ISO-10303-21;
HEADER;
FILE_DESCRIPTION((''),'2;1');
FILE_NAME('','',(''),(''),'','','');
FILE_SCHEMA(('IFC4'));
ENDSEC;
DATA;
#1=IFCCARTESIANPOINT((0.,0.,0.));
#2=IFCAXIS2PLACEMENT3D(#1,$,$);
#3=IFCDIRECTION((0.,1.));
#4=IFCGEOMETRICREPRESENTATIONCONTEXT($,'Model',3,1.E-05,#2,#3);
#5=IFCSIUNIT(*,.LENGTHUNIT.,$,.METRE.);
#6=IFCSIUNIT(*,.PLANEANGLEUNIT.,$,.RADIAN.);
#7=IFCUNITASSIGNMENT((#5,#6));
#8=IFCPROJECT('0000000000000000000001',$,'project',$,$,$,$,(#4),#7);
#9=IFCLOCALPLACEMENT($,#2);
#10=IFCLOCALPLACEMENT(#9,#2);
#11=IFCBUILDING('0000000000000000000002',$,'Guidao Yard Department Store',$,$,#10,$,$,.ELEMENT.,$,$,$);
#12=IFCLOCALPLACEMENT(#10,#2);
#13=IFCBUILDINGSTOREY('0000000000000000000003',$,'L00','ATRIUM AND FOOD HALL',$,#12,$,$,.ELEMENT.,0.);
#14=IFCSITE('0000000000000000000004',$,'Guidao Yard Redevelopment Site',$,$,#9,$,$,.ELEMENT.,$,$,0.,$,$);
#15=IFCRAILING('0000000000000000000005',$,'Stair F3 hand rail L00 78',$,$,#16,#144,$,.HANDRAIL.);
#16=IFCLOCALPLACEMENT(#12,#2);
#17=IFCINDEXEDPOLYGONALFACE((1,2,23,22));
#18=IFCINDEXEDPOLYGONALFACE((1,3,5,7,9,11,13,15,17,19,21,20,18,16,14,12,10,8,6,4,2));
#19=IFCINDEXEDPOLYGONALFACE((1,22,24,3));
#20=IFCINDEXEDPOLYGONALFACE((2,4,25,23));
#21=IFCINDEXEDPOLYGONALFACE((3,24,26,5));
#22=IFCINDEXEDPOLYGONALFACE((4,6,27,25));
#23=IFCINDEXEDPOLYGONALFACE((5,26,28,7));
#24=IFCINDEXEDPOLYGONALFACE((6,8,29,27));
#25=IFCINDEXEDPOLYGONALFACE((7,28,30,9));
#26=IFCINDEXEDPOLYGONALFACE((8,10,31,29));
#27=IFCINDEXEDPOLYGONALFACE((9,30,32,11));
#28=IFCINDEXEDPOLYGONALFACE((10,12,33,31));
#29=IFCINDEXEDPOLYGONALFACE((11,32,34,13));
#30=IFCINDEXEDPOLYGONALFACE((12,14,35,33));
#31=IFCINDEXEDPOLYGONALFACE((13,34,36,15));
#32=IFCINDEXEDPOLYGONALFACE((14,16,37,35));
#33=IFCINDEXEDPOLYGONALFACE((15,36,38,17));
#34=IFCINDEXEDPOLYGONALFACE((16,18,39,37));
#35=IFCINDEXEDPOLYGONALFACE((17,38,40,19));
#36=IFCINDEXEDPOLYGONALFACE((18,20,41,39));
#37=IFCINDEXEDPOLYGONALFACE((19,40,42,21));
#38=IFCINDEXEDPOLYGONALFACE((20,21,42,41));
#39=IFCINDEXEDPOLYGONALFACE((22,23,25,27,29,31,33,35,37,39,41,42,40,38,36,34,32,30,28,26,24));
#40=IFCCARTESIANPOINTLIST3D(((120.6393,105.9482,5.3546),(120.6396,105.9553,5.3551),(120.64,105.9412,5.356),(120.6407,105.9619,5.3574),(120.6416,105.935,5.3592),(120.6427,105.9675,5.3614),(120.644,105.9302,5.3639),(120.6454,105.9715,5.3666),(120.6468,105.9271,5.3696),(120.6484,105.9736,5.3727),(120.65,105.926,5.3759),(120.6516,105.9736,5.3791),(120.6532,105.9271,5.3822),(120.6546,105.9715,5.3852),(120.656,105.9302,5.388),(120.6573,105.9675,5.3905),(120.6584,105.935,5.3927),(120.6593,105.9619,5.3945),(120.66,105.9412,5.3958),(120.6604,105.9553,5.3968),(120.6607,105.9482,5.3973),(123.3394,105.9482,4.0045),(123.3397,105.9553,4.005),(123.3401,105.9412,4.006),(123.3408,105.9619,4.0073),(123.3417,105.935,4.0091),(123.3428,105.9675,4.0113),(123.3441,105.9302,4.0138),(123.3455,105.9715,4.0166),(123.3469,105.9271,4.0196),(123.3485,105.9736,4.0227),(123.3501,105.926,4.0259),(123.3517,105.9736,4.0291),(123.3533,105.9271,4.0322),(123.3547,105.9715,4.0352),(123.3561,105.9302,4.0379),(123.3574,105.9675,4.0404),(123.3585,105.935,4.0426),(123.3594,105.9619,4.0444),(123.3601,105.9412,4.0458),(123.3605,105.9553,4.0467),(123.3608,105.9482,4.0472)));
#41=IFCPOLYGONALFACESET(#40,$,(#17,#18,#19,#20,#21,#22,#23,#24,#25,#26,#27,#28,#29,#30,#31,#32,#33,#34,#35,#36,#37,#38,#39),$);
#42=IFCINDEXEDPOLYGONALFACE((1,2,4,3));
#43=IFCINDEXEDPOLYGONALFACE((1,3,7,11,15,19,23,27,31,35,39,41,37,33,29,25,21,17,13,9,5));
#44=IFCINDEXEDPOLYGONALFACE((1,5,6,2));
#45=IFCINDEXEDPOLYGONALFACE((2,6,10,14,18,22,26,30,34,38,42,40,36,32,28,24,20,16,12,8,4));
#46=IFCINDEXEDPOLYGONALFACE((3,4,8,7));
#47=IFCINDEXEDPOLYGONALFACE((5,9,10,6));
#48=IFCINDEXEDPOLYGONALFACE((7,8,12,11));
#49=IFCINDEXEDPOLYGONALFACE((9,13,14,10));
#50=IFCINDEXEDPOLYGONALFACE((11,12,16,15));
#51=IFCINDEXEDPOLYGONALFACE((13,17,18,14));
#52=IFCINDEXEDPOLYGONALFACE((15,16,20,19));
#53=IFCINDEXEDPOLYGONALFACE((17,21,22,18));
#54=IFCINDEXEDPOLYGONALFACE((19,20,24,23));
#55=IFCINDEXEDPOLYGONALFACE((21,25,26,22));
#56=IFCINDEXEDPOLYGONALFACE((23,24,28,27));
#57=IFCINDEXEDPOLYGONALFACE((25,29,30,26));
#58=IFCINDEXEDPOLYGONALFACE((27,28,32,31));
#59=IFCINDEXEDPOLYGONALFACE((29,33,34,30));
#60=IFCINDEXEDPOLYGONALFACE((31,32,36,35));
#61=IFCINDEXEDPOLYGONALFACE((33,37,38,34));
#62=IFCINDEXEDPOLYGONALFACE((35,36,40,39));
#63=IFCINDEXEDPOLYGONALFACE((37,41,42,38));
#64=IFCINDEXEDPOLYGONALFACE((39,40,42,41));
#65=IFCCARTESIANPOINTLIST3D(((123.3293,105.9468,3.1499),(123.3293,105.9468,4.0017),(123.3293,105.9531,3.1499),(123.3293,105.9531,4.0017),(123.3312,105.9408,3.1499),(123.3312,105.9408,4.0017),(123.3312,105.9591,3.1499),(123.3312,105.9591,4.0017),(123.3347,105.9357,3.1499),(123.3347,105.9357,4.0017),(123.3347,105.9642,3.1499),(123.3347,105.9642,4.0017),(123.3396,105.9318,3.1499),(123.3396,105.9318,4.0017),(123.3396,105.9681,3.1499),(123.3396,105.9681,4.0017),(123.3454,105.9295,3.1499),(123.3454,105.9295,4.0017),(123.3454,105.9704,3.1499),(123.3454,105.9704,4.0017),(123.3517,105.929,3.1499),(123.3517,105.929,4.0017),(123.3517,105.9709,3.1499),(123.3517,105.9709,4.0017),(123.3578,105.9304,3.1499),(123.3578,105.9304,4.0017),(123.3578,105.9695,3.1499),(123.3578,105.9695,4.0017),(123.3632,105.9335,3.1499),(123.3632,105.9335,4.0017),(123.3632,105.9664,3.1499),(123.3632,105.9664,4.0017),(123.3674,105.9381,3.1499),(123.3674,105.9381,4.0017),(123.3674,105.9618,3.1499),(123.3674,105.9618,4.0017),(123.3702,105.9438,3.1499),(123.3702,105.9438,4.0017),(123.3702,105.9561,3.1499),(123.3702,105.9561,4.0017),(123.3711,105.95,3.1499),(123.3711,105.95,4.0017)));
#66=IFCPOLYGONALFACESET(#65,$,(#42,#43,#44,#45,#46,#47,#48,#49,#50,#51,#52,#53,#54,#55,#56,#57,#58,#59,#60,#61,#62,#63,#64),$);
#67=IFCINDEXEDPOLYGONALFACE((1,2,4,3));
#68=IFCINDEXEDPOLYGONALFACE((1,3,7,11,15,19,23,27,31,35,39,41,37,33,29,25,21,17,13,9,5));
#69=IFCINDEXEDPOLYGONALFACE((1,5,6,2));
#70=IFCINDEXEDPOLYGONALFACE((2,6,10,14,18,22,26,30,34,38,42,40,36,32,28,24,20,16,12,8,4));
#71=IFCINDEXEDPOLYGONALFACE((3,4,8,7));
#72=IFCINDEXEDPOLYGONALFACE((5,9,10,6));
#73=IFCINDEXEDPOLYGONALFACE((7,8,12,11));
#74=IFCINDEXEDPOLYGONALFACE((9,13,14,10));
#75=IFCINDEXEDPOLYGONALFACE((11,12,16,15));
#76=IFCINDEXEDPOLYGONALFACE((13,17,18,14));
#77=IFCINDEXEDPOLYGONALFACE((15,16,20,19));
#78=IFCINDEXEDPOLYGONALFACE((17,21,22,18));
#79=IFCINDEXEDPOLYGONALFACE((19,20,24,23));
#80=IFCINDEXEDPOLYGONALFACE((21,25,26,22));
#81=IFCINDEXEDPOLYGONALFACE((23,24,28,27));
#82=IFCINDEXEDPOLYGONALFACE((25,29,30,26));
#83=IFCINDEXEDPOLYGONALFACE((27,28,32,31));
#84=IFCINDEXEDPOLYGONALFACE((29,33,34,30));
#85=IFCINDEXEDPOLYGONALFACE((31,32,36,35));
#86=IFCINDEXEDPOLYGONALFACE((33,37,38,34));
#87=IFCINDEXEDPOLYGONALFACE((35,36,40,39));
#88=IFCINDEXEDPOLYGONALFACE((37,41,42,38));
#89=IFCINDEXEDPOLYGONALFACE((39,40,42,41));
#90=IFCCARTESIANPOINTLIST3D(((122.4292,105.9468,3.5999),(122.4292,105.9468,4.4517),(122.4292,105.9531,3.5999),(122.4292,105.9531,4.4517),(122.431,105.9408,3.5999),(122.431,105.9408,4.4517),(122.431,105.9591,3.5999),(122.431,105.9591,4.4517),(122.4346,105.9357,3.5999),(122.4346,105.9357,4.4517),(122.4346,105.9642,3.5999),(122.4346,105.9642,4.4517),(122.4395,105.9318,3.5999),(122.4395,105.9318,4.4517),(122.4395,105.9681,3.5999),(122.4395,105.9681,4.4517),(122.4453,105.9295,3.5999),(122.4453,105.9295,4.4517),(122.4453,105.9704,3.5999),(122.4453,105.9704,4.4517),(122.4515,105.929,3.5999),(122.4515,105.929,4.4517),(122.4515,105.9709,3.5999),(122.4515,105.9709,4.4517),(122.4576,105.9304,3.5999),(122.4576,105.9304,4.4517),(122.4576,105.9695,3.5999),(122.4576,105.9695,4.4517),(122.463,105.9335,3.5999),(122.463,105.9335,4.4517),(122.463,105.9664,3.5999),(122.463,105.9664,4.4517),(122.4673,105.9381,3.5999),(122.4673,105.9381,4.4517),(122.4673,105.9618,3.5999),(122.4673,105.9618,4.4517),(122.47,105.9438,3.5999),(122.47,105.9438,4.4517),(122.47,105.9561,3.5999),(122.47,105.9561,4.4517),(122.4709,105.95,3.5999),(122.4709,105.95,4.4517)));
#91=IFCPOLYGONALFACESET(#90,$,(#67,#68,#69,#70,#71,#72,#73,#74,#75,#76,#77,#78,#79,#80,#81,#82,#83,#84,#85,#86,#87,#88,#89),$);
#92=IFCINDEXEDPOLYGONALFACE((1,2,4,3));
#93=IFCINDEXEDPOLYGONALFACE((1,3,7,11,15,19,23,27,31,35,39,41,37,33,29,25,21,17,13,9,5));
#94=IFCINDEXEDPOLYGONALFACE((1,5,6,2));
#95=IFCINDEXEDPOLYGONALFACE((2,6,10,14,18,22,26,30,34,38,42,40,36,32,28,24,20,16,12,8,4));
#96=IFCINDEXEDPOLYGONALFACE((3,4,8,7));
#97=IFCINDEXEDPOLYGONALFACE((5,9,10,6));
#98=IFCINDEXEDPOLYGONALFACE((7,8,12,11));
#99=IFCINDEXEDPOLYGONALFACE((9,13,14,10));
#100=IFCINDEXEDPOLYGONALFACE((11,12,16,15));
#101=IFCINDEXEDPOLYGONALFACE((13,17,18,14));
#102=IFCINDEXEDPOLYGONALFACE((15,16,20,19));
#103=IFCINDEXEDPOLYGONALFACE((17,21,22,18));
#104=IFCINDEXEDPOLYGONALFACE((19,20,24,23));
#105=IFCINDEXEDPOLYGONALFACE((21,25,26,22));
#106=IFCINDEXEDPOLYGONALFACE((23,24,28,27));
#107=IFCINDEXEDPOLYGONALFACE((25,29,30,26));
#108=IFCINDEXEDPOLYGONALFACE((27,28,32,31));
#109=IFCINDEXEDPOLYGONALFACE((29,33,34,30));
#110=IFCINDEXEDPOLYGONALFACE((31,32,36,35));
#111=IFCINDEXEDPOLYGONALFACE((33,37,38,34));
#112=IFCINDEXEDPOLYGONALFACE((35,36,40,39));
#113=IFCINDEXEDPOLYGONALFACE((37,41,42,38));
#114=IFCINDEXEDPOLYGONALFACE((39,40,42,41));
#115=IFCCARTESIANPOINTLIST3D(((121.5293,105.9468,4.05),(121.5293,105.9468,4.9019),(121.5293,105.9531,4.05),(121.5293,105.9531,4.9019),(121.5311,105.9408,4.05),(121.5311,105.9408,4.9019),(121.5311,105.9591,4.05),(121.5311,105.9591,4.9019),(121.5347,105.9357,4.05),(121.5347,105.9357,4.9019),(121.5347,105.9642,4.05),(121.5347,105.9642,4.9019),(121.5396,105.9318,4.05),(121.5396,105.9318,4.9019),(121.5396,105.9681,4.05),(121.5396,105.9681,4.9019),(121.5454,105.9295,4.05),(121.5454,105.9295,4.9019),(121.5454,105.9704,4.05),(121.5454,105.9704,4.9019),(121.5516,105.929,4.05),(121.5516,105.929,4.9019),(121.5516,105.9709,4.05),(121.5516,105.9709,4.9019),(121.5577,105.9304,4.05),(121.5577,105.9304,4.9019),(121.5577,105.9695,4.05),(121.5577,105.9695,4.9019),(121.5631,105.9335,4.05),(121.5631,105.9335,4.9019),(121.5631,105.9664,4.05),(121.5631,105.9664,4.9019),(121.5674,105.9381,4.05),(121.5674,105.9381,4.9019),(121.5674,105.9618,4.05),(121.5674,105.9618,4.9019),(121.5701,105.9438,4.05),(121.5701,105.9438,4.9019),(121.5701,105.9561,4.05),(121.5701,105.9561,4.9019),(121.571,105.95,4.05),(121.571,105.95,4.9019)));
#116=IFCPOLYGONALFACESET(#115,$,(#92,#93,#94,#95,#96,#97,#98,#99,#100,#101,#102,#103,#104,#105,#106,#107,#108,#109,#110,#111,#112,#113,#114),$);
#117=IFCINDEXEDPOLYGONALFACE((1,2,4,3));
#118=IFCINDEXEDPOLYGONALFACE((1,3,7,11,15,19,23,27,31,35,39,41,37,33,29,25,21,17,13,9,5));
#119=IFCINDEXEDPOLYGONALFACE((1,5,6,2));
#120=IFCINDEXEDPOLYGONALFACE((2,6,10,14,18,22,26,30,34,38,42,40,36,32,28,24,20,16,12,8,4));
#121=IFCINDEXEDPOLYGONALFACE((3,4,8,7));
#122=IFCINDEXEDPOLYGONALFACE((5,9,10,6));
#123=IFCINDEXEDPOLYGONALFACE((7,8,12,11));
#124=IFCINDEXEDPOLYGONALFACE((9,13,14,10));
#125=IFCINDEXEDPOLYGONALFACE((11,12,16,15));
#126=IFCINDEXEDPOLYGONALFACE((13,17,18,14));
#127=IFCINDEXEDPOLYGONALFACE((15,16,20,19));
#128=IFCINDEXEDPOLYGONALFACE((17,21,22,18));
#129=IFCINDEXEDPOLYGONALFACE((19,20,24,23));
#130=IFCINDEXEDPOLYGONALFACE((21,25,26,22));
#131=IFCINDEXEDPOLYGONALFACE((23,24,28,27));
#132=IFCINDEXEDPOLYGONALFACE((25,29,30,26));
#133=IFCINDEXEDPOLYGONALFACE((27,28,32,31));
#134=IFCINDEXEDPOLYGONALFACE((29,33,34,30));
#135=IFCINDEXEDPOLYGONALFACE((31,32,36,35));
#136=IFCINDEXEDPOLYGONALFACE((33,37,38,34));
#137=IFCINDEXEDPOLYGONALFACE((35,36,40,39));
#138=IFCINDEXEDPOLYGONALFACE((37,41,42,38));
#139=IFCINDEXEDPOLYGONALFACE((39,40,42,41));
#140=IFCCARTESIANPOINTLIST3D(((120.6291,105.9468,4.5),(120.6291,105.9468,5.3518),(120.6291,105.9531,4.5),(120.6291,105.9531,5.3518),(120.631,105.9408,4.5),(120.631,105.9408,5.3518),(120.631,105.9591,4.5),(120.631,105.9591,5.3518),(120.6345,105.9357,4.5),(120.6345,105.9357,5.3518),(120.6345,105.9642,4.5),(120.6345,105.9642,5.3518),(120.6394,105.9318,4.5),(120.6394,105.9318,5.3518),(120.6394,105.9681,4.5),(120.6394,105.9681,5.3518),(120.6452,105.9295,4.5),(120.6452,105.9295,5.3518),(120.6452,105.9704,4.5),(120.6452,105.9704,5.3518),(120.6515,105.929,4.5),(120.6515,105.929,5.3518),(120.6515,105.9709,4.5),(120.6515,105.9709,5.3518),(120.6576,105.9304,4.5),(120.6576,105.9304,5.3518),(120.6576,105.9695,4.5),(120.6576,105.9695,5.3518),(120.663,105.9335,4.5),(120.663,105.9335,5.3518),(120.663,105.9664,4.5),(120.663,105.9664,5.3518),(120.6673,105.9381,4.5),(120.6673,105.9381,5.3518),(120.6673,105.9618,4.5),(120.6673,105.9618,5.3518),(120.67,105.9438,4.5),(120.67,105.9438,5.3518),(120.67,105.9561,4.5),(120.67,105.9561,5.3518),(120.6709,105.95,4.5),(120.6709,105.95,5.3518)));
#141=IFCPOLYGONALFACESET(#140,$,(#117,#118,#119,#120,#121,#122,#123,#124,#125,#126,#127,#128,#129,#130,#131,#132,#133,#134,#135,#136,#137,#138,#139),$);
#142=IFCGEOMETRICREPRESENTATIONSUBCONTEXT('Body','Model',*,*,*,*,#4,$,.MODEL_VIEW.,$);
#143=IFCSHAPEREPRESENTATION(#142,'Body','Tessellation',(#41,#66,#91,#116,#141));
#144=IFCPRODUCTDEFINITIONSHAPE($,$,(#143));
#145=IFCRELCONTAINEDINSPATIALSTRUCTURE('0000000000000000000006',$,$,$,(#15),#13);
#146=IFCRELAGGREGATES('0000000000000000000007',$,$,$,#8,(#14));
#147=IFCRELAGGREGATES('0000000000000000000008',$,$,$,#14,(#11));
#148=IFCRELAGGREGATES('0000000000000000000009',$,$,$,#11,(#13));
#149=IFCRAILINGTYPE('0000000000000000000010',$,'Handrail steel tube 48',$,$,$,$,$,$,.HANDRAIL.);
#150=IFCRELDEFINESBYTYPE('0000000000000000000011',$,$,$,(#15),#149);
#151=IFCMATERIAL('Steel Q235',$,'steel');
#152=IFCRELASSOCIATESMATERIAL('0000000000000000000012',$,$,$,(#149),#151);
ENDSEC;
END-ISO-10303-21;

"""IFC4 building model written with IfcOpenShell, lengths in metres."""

from ifc_helpers import new_model, si_unit, direction, frame, origin, origin_2d, place, context, subcontext, project, spatial, circle, extrude, material, type_object, element, save


model = new_model("IFC4")

# Units and contexts
model_context = context("Model", 3, precision=1e-05, world=origin(), true_north=direction((0.0, 1.0)))
body_context = subcontext(model_context, "Body", "Model", "MODEL_VIEW")
ifc_project = project(units=[si_unit("LENGTHUNIT", "METRE"), si_unit("PLANEANGLEUNIT", "RADIAN")], contexts=[model_context])

# Site, building, storey
site_placement = place(None, origin())
site = spatial("IfcSite", under=ifc_project, at=site_placement, Name="Guidao Yard Redevelopment Site", CompositionType="ELEMENT", RefElevation=0.0)
building_placement = place(site_placement, origin())
building = spatial("IfcBuilding", under=site, at=building_placement, Name="Guidao Yard Department Store", CompositionType="ELEMENT")
storey_placement = place(building_placement, origin())
storey = spatial("IfcBuildingStorey", under=building, at=storey_placement, Name="L00", Description="ATRIUM AND FOOD HALL", CompositionType="ELEMENT", Elevation=0.0)

# Railing
ifc_material_1 = material(Name="Steel Q235", Category="steel")
railing_type = type_object("IfcRailingType", Name="Handrail steel tube 48", PredefinedType="HANDRAIL", material=ifc_material_1)
for number, where, name in (
    (1, (123.3501, 105.95, 3.1499), "Stair F3 hand rail L00 78"),
):
    element("IfcRailing", number, at=place(storey_placement, frame(where)), inside=storey, type_object=railing_type, Name=name, PredefinedType="HANDRAIL", context=body_context, shape_type="SweptSolid", body=[
        extrude(circle(Radius=0.0239, at=origin_2d()), frame((0.0, 0.0, 0.876), z_axis=(-0.894427, 0.0, 0.447214), x_axis=(0.0, -1.0, 0.0)), (0.0, 0.0, 1.0), 3.0188),
        extrude(circle(Radius=0.021, at=origin_2d()), origin(), (0.0, 0.0, 1.0), 0.8518),
        extrude(circle(Radius=0.021, at=origin_2d()), frame((-0.9001, 0.0, 0.45)), (0.0, 0.0, 1.0), 0.8518),
        extrude(circle(Radius=0.021, at=origin_2d()), frame((-1.8, 0.0, 0.9001)), (0.0, 0.0, 1.0), 0.8518),
        extrude(circle(Radius=0.021, at=origin_2d()), frame((-2.7002, 0.0, 1.3501)), (0.0, 0.0, 1.0), 0.8518),
    ])

save(model, "model.ifc")
